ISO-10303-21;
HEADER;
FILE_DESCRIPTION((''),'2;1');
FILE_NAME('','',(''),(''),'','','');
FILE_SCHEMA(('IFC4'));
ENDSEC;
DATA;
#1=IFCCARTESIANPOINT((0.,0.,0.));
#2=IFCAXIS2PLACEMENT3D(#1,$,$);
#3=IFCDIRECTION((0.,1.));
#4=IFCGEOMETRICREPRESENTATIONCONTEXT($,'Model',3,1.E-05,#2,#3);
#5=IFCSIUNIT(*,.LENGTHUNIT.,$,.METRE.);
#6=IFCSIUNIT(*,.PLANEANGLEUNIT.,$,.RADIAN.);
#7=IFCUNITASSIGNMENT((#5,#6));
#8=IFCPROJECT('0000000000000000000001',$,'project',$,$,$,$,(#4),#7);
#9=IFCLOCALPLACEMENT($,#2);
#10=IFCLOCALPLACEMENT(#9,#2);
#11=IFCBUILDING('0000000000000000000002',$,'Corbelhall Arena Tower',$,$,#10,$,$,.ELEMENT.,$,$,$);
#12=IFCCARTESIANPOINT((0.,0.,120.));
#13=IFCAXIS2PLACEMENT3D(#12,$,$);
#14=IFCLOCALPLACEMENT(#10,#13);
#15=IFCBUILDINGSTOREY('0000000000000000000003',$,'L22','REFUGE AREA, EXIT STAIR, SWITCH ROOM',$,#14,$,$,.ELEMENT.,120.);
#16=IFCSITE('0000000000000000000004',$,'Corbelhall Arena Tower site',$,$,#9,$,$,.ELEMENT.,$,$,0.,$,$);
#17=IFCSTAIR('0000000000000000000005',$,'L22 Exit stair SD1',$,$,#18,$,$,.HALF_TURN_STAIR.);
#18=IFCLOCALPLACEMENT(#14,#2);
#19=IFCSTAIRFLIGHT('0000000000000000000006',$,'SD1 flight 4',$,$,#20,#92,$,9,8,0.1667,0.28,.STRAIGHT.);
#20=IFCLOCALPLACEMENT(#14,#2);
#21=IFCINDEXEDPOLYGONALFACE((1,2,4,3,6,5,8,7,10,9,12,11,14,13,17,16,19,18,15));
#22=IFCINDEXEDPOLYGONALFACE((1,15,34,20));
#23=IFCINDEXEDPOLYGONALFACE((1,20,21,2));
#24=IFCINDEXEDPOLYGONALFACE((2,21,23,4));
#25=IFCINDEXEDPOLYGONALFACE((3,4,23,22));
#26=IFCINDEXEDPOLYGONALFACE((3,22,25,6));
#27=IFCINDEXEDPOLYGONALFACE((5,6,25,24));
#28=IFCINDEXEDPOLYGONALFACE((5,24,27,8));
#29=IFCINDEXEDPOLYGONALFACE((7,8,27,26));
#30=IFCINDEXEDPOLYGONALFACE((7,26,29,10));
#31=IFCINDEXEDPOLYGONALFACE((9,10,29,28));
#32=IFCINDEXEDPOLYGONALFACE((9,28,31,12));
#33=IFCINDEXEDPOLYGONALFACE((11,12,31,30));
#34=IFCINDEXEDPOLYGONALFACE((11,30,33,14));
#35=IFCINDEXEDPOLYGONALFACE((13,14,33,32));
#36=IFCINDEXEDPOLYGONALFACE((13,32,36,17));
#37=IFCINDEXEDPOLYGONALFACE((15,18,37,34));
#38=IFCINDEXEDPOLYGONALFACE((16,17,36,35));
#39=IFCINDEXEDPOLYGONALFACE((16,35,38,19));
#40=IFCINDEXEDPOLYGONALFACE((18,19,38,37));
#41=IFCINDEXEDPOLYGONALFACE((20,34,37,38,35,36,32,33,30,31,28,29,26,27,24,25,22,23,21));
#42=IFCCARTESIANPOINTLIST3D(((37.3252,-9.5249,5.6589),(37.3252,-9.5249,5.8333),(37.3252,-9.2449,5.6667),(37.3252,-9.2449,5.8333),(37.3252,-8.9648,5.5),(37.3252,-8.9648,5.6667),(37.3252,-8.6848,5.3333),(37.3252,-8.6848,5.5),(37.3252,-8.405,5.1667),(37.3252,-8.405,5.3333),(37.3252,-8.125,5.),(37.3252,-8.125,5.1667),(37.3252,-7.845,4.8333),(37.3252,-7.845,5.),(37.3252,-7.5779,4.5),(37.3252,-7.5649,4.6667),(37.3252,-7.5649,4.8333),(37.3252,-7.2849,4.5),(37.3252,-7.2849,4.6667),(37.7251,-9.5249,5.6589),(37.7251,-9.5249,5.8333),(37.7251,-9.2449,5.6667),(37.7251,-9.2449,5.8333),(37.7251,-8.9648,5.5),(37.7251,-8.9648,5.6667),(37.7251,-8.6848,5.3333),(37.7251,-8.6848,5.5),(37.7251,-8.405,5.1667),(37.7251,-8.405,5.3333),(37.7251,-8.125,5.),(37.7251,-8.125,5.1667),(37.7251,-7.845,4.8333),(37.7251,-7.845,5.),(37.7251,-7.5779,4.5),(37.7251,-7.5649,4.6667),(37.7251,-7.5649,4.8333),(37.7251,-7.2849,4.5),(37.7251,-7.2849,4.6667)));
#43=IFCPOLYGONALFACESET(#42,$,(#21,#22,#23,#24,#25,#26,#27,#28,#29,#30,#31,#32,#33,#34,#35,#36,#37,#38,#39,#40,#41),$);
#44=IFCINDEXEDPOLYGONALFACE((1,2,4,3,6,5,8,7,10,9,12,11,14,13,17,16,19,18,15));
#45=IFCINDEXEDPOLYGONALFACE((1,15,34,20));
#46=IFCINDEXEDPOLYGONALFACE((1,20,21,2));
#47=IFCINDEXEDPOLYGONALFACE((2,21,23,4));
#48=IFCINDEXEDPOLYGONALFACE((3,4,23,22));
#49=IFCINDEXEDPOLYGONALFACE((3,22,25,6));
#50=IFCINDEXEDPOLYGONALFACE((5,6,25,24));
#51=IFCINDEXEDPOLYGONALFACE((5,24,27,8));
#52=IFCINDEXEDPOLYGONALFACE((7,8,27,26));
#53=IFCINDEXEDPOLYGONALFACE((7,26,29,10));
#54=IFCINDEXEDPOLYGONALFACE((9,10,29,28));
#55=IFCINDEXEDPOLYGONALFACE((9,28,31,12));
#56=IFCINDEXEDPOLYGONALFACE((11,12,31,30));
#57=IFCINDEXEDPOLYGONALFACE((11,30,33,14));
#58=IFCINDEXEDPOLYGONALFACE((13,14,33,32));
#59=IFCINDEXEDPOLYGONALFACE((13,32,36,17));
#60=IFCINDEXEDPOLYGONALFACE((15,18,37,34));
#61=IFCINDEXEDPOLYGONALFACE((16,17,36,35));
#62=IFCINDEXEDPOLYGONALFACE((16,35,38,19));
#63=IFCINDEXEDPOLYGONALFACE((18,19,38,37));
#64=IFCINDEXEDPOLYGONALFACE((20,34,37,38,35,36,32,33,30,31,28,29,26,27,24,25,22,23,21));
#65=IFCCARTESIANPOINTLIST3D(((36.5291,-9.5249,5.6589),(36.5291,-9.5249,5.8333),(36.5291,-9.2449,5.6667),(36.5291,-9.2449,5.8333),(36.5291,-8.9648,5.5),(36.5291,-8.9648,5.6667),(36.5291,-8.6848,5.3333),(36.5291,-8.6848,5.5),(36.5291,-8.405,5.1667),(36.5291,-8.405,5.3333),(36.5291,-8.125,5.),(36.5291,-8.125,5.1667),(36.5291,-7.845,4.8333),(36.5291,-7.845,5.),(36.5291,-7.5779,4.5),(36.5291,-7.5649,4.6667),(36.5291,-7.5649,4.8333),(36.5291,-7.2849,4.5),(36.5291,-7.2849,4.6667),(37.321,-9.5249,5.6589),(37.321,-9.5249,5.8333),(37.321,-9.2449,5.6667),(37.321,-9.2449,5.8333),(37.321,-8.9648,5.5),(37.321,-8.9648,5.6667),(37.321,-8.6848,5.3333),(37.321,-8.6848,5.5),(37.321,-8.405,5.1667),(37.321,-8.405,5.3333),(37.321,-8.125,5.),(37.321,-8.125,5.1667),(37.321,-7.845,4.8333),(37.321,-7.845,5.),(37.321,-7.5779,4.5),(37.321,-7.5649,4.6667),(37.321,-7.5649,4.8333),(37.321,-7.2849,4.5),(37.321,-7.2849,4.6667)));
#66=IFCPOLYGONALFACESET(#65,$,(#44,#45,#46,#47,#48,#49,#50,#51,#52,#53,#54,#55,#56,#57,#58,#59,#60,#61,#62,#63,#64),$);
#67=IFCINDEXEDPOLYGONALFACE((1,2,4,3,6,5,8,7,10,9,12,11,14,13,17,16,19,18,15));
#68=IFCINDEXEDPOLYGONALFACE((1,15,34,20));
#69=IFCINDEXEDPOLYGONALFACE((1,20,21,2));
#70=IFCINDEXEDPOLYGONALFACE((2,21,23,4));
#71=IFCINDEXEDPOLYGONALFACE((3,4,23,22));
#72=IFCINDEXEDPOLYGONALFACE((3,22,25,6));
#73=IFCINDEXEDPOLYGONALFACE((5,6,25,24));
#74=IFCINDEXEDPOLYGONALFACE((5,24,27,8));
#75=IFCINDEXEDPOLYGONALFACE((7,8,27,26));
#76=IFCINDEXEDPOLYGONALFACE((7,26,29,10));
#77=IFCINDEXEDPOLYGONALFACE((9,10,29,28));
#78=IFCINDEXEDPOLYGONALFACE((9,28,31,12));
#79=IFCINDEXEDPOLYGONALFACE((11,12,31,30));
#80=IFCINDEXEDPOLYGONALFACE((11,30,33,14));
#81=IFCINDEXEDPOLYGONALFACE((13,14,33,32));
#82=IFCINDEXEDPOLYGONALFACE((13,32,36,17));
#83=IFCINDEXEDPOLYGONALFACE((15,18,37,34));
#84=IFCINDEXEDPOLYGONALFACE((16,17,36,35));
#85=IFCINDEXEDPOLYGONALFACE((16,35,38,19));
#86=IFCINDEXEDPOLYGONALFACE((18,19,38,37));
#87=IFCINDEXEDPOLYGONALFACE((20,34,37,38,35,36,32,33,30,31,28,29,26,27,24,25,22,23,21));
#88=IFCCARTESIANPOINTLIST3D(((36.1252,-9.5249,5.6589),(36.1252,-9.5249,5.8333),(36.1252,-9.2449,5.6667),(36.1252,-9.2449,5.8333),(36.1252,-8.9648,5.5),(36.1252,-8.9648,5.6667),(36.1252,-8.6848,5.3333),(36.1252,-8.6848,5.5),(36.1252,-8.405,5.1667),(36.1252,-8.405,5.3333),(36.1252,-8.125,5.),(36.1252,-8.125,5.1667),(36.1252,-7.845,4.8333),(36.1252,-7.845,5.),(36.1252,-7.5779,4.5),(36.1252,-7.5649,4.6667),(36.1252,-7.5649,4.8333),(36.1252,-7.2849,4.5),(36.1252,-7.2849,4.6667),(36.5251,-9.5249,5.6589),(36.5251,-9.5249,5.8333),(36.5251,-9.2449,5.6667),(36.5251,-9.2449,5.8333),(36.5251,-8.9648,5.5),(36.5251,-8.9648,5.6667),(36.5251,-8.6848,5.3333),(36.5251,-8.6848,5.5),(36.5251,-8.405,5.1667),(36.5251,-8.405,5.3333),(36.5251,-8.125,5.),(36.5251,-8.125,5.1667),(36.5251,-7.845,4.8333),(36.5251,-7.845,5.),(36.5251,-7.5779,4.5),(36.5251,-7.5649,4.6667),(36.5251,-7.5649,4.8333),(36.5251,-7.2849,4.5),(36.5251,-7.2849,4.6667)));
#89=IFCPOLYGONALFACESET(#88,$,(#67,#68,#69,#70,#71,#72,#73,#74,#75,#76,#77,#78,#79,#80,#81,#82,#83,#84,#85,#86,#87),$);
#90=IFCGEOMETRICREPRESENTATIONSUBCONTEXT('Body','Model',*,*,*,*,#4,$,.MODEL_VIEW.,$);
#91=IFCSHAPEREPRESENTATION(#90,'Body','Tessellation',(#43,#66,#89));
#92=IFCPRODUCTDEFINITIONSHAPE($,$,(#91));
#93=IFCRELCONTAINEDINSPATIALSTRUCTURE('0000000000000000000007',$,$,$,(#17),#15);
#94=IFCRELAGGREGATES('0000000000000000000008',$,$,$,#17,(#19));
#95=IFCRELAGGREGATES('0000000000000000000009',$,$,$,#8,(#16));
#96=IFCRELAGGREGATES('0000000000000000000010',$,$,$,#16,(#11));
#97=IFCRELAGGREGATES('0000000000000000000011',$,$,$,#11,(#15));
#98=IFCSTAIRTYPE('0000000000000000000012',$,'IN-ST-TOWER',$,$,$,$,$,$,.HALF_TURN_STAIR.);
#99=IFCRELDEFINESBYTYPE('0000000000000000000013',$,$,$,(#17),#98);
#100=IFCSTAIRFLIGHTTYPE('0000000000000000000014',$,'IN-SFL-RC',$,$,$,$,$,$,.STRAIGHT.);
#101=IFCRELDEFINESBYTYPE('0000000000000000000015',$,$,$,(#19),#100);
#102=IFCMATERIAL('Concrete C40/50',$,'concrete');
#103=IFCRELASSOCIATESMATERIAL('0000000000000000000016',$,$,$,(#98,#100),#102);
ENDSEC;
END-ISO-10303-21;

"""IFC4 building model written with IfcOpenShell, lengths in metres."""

from ifc_helpers import new_model, si_unit, direction, frame, origin, place, context, subcontext, project, spatial, polyline, outline, extrude, material, type_object, element, aggregate, save


model = new_model("IFC4")

# Units and contexts
model_context = context("Model", 3, precision=1e-05, world=origin(), true_north=direction((0.0, 1.0)))
body_context = subcontext(model_context, "Body", "Model", "MODEL_VIEW")
ifc_project = project(units=[si_unit("LENGTHUNIT", "METRE"), si_unit("PLANEANGLEUNIT", "RADIAN")], contexts=[model_context])

# Site, building, storey
site_placement = place(None, origin())
site = spatial("IfcSite", under=ifc_project, at=site_placement, Name="Corbelhall Arena Tower site", CompositionType="ELEMENT", RefElevation=0.0)
building_placement = place(site_placement, origin())
building = spatial("IfcBuilding", under=site, at=building_placement, Name="Corbelhall Arena Tower", CompositionType="ELEMENT")
storey_placement = place(building_placement, frame((0.0, 0.0, 120.0)))
storey = spatial("IfcBuildingStorey", under=building, at=storey_placement, Name="L22", Description="REFUGE AREA, EXIT STAIR, SWITCH ROOM", CompositionType="ELEMENT", Elevation=120.0)

# Shared definitions
ifc_material_1 = material(Name="Concrete C40/50", Category="concrete")

# Stair, stair flight
stair_type = type_object("IfcStairType", Name="IN-ST-TOWER", PredefinedType="HALF_TURN_STAIR", material=ifc_material_1)
stair_placement = place(storey_placement, origin())
stair = element("IfcStair", 1, at=stair_placement, inside=storey, type_object=stair_type, Name="L22 Exit stair SD1", PredefinedType="HALF_TURN_STAIR")
stair_flight_type = type_object("IfcStairFlightType", Name="IN-SFL-RC", PredefinedType="STRAIGHT", material=ifc_material_1)
stair_flight_1_placement = place(storey_placement, frame((36.925, -7.2849, 4.5), z_axis=(0.0, 0.0, 1.0), x_axis=(0.0, -1.0, 0.0)))
stair_flight_1 = element("IfcStairFlight", 2, at=stair_flight_1_placement, type_object=stair_flight_type, Name="SD1 flight 4", NumberOfRisers=9, NumberOfTreads=8, PredefinedType="STRAIGHT", RiserHeight=0.1667, TreadLength=0.28, context=body_context, shape_type="SweptSolid", body=[
    extrude(outline(polyline([(0.0, 0.0), (0.0, 0.1667), (0.28, 0.1667), (0.28, 0.3333), (0.5601, 0.3333), (0.5601, 0.5), (0.8401, 0.5), (0.8401, 0.6667), (1.1201, 0.6667), (1.1201, 0.8333), (1.3999, 0.8333), (1.3999, 1.0), (1.6799, 1.0), (1.6799, 1.1667), (1.96, 1.1667), (1.96, 1.3333), (2.24, 1.3333), (2.24, 1.5), (2.24, 1.1589), (0.293, 0.0), (0.0, 0.0)])), frame((0.0, 0.8, 0.0), z_axis=(0.0, -1.0, 0.0), x_axis=(1.0, 0.0, 0.0)), (0.0, 0.0, 1.0), 0.3999),
    extrude(outline(polyline([(0.0, 0.0), (0.0, 0.1667), (0.28, 0.1667), (0.28, 0.3333), (0.5601, 0.3333), (0.5601, 0.5), (0.8401, 0.5), (0.8401, 0.6667), (1.1201, 0.6667), (1.1201, 0.8333), (1.3999, 0.8333), (1.3999, 1.0), (1.6799, 1.0), (1.6799, 1.1667), (1.96, 1.1667), (1.96, 1.3333), (2.24, 1.3333), (2.24, 1.5), (2.24, 1.1589), (0.293, 0.0), (0.0, 0.0)])), frame((0.0, 0.396, 0.0), z_axis=(0.0, -1.0, 0.0), x_axis=(1.0, 0.0, 0.0)), (0.0, 0.0, 1.0), 0.792),
    extrude(outline(polyline([(0.0, 0.0), (0.0, 0.1667), (0.28, 0.1667), (0.28, 0.3333), (0.5601, 0.3333), (0.5601, 0.5), (0.8401, 0.5), (0.8401, 0.6667), (1.1201, 0.6667), (1.1201, 0.8333), (1.3999, 0.8333), (1.3999, 1.0), (1.6799, 1.0), (1.6799, 1.1667), (1.96, 1.1667), (1.96, 1.3333), (2.24, 1.3333), (2.24, 1.5), (2.24, 1.1589), (0.293, 0.0), (0.0, 0.0)])), frame((0.0, -0.3999, 0.0), z_axis=(0.0, -1.0, 0.0), x_axis=(1.0, 0.0, 0.0)), (0.0, 0.0, 1.0), 0.3999),
])
aggregate(stair, [stair_flight_1])

save(model, "model.ifc")
